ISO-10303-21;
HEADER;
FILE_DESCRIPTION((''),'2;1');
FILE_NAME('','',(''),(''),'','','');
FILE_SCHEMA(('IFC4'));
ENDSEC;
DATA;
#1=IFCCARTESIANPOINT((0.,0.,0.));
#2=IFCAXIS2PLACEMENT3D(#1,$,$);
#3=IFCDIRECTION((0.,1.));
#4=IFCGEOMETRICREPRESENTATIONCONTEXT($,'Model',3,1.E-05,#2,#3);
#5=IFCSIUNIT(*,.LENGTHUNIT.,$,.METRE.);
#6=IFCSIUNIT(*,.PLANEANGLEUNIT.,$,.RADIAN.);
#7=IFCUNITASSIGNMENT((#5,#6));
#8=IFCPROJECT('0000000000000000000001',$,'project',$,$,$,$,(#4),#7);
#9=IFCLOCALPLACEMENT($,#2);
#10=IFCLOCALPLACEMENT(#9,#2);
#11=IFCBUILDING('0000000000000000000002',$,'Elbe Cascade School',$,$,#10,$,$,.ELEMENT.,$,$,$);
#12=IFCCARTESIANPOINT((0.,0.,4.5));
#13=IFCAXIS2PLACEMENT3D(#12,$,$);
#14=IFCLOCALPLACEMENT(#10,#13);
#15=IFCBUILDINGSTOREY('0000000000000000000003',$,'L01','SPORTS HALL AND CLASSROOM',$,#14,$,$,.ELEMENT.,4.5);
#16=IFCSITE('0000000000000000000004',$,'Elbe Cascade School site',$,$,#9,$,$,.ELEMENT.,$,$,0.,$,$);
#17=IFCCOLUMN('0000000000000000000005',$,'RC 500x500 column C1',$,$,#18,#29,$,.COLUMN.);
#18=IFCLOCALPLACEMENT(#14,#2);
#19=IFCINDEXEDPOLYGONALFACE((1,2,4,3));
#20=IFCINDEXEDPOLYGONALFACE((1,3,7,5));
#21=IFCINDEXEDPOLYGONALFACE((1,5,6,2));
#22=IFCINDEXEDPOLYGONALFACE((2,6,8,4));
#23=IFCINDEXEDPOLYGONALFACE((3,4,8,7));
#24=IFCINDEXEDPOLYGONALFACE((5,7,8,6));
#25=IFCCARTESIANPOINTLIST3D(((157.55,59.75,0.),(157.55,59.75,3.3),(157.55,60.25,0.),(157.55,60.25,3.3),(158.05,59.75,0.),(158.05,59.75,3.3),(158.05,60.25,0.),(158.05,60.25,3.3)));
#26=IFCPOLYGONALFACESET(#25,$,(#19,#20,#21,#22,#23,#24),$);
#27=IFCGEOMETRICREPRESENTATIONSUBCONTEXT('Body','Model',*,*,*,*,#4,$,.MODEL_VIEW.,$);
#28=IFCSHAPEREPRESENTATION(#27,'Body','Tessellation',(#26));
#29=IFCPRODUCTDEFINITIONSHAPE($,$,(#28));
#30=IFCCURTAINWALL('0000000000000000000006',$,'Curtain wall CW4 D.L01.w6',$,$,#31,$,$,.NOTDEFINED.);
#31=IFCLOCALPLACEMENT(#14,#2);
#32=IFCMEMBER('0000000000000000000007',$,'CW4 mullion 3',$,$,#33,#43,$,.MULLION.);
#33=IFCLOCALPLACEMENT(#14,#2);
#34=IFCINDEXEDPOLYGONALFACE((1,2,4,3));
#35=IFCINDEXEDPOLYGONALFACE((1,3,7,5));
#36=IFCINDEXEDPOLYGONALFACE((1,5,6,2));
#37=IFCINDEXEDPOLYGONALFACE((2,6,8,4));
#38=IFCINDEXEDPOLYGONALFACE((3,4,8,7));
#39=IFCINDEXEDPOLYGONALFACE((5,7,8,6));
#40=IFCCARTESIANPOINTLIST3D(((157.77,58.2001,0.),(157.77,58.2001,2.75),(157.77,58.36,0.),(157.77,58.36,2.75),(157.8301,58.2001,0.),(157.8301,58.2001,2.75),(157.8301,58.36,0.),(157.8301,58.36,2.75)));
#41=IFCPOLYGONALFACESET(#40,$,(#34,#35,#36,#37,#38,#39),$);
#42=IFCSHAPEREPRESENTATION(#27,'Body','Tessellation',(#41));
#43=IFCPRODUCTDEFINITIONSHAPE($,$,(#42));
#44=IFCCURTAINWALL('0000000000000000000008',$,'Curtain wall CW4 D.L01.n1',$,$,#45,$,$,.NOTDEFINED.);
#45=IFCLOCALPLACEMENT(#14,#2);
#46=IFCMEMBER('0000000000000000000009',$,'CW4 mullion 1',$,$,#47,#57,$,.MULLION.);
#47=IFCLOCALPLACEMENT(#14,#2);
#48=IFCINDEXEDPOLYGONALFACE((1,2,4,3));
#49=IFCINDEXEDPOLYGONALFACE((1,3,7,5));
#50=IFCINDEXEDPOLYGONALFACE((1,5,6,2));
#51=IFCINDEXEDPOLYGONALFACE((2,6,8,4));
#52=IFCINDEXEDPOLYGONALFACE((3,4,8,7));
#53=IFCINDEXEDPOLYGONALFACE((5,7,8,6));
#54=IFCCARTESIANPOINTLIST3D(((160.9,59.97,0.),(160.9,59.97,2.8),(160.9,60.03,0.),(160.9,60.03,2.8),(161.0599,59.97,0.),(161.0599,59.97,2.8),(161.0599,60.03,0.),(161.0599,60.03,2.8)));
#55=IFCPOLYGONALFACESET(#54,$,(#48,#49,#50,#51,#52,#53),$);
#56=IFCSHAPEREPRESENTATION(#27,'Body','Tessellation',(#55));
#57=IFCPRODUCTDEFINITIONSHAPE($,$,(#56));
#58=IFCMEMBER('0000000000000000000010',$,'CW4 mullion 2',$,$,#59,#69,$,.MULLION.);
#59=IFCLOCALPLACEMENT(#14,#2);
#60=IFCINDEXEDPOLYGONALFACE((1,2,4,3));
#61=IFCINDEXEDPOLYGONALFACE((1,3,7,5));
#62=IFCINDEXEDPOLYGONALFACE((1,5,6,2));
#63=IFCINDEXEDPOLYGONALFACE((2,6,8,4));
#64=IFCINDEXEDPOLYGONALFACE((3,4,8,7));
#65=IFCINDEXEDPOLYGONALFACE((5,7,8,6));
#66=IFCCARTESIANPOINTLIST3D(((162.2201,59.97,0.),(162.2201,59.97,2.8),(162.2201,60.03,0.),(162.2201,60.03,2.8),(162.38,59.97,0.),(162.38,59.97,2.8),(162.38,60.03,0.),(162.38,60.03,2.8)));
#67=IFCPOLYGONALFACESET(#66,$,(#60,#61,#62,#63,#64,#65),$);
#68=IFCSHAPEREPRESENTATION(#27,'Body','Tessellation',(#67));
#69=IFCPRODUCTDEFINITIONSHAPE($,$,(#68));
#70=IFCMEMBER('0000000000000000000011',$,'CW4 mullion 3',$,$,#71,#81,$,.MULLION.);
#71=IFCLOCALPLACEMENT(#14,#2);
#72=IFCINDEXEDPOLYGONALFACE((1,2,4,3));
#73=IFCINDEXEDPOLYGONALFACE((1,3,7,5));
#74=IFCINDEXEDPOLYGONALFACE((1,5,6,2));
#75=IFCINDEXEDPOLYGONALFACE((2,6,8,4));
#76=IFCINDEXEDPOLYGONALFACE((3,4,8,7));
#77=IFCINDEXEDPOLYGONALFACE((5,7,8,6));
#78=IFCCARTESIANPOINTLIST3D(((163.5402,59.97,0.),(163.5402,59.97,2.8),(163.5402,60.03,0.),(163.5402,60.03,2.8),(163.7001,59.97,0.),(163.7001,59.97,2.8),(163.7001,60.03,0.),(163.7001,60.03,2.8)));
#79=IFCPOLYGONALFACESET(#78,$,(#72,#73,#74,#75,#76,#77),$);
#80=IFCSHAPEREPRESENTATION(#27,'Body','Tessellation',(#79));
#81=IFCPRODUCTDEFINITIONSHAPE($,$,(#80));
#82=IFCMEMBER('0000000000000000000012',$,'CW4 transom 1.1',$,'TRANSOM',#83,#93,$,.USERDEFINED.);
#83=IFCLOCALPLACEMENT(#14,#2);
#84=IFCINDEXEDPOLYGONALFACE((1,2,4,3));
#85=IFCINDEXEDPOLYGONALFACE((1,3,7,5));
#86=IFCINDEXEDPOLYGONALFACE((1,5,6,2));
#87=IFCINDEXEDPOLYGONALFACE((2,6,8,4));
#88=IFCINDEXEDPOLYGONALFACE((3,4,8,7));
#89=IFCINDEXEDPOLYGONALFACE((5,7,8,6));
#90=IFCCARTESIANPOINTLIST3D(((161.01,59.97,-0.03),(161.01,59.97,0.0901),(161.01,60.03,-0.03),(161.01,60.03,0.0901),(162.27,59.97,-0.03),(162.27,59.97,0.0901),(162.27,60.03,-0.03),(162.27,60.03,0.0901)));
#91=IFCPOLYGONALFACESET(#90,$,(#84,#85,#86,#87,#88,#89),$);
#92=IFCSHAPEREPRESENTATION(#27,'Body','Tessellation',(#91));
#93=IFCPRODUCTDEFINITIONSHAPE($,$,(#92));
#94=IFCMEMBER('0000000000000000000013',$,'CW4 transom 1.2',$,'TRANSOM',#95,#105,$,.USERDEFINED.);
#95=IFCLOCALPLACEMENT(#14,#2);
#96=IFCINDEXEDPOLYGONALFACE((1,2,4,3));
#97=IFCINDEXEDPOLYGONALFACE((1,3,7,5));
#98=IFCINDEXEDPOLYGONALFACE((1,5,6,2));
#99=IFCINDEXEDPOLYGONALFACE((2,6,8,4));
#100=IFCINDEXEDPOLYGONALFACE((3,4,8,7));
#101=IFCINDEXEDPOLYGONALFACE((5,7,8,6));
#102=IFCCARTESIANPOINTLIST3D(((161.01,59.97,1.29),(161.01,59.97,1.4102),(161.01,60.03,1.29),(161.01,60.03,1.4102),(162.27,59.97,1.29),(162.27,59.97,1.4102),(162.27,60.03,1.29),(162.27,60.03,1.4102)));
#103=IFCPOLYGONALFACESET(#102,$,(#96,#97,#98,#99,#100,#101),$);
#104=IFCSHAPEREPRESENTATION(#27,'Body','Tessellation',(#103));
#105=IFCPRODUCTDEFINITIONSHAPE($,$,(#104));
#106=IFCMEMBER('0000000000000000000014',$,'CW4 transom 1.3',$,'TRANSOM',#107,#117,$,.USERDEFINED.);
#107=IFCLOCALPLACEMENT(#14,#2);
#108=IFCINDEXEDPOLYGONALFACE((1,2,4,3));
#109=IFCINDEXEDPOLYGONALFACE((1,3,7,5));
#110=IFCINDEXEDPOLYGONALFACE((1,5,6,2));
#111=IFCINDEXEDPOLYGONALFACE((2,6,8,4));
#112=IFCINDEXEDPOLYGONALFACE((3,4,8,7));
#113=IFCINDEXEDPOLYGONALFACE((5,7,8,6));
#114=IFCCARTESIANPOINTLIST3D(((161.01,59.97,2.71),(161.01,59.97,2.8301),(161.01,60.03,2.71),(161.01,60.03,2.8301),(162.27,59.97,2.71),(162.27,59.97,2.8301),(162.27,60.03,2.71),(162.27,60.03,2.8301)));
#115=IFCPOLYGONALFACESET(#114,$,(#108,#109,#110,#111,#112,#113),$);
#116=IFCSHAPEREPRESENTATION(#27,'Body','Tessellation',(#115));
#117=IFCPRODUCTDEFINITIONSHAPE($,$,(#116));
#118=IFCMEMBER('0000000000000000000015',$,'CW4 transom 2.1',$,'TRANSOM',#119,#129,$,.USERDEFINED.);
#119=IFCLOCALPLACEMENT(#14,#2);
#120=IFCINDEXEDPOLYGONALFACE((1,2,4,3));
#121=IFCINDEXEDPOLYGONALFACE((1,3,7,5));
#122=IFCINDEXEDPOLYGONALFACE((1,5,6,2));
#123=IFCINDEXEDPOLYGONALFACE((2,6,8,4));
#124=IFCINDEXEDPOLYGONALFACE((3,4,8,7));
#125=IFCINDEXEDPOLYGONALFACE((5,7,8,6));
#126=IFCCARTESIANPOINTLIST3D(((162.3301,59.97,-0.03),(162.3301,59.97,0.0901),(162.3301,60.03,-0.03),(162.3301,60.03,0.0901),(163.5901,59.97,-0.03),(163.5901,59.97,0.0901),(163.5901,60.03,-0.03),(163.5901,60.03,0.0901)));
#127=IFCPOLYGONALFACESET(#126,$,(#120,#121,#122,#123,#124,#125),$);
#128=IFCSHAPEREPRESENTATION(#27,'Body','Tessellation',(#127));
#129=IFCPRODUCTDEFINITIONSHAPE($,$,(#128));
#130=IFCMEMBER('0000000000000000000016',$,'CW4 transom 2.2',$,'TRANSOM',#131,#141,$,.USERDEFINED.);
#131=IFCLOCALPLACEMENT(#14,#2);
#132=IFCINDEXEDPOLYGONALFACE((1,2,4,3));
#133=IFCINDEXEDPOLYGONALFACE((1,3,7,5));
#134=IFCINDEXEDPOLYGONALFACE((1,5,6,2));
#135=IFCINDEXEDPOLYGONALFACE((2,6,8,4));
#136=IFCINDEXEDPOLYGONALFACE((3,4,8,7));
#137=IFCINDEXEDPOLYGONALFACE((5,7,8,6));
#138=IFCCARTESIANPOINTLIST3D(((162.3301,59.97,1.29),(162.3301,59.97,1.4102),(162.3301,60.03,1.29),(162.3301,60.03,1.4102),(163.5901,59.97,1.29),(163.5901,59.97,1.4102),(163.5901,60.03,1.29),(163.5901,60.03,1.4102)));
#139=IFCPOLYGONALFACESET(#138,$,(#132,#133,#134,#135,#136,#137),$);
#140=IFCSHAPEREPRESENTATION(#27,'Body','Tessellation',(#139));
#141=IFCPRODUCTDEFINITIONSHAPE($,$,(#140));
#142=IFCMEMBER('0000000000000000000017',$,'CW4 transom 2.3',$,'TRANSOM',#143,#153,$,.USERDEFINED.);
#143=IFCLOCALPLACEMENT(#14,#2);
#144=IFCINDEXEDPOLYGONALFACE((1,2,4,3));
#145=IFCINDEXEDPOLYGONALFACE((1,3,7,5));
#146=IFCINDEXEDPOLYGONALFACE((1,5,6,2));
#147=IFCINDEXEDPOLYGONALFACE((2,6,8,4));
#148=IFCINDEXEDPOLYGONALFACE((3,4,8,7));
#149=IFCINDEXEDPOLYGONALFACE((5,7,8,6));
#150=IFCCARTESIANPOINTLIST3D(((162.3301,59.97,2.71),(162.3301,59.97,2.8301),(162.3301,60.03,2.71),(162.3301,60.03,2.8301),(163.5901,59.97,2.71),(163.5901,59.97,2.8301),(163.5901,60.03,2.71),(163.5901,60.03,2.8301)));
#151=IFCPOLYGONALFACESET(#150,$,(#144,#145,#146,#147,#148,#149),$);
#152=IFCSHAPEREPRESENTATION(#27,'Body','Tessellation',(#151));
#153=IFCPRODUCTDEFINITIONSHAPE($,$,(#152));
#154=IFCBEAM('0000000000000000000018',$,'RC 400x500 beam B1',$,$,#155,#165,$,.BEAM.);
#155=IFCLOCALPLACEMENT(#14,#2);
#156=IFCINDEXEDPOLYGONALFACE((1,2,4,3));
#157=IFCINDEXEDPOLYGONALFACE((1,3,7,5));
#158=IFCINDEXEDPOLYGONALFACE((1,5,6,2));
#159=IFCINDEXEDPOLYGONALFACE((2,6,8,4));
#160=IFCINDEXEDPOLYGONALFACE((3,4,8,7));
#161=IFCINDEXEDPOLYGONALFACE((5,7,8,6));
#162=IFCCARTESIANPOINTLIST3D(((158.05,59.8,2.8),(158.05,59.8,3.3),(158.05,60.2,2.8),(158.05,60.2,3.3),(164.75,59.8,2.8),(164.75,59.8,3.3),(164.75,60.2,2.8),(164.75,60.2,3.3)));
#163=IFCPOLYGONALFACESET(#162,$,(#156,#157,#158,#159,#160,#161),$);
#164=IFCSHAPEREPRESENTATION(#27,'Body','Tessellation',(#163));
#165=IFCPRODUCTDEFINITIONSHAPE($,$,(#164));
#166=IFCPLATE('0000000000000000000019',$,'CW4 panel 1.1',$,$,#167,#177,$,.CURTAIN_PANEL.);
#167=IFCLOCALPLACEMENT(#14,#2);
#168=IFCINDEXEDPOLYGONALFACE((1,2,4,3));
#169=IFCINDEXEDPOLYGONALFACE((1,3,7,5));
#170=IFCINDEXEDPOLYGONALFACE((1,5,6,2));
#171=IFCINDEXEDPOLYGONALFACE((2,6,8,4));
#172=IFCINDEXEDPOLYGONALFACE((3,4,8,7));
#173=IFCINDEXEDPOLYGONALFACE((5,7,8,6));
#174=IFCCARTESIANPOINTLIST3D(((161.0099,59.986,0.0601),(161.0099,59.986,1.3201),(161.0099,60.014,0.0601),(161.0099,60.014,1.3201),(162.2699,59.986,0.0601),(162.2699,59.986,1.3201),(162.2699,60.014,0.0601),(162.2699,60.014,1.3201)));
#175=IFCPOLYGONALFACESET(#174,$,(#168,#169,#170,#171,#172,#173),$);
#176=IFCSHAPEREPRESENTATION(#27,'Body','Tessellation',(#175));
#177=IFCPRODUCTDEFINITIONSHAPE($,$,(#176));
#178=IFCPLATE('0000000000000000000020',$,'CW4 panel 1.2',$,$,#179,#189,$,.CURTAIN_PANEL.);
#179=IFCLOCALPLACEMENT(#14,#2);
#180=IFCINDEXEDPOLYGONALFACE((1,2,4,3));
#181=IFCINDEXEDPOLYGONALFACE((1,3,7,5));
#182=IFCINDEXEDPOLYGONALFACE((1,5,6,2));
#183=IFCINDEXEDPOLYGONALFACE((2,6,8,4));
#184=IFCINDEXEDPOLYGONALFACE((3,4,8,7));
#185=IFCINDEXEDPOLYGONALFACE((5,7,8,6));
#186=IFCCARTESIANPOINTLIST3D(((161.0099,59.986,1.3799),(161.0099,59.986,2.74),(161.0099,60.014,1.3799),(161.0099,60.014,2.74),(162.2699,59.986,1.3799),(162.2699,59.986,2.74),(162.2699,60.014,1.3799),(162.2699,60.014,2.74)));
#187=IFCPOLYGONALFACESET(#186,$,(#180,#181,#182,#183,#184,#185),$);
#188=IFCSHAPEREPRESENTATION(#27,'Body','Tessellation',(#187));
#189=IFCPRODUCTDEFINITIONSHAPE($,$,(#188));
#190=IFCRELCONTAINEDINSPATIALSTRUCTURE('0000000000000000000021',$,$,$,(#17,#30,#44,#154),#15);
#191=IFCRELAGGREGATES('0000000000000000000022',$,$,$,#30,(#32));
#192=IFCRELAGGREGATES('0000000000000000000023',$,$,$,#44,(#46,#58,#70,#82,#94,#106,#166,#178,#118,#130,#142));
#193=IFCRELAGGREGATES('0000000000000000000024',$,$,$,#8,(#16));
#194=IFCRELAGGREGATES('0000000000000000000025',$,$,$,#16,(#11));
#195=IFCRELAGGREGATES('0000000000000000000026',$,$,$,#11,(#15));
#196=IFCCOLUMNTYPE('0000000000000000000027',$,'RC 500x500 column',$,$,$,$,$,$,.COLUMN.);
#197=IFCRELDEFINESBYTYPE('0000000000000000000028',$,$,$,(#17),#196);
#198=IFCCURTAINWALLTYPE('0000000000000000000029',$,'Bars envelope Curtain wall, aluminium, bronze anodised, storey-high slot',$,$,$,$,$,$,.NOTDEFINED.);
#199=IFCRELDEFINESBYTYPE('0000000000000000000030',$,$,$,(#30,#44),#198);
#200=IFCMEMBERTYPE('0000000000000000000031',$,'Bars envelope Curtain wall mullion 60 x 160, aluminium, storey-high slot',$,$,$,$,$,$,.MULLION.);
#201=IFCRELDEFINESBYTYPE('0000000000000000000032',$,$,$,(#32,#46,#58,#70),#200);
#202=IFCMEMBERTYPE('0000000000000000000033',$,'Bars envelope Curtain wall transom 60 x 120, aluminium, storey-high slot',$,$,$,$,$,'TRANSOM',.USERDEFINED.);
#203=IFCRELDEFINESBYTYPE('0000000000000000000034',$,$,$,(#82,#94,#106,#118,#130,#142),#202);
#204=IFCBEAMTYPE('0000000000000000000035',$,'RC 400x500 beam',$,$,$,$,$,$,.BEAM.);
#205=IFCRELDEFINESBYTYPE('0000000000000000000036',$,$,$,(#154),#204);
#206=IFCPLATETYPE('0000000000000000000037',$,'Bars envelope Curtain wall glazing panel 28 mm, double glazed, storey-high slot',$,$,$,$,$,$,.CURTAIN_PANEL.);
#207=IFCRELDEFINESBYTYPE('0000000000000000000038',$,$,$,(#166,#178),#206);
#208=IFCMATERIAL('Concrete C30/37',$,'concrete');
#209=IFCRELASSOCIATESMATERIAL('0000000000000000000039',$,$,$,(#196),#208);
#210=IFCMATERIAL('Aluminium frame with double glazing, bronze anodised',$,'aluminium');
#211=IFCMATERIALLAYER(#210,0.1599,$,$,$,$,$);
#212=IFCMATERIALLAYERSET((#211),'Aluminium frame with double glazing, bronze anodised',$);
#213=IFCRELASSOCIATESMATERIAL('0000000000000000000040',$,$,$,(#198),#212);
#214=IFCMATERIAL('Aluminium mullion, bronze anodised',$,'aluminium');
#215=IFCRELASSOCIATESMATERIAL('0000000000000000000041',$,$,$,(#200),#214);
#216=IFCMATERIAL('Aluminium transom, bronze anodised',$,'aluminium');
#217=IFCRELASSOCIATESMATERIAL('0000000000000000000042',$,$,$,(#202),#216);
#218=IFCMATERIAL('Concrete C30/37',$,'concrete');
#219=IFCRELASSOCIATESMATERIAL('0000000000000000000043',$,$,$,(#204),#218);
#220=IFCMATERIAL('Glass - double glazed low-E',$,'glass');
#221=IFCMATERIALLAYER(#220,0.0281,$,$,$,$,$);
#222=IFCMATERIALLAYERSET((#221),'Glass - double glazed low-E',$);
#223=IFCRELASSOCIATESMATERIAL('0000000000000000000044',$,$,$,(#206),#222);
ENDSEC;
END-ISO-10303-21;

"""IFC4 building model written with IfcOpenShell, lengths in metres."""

from ifc_helpers import new_model, si_unit, direction, frame, origin, origin_2d, place, context, subcontext, project, spatial, rectangle, extrude, material, layer, layer_set, material_profile, profile_set, type_object, element, aggregate, save


model = new_model("IFC4")

# Units and contexts
model_context = context("Model", 3, precision=1e-05, world=origin(), true_north=direction((0.0, 1.0)))
body_context = subcontext(model_context, "Body", "Model", "MODEL_VIEW")
ifc_project = project(units=[si_unit("LENGTHUNIT", "METRE"), si_unit("PLANEANGLEUNIT", "RADIAN")], contexts=[model_context])

# Site, building, storey
site_placement = place(None, origin())
site = spatial("IfcSite", under=ifc_project, at=site_placement, Name="Elbe Cascade School site", CompositionType="ELEMENT", RefElevation=0.0)
building_placement = place(site_placement, origin())
building = spatial("IfcBuilding", under=site, at=building_placement, Name="Elbe Cascade School", CompositionType="ELEMENT")
storey_placement = place(building_placement, frame((0.0, 0.0, 4.5)))
storey = spatial("IfcBuildingStorey", under=building, at=storey_placement, Name="L01", Description="SPORTS HALL AND CLASSROOM", CompositionType="ELEMENT", Elevation=4.5)

# Column
ifc_material_1 = material(Name="Concrete C30/37", Category="concrete")
ifc_material_profile_1 = material_profile(ifc_material_1, rectangle(XDim=0.5, YDim=0.5, at=origin_2d()), Name="RC 500x500")
ifc_profile_set_1 = profile_set([ifc_material_profile_1], Name="Concrete C30/37")
column_type = type_object("IfcColumnType", Name="RC 500x500 column", PredefinedType="COLUMN", material=ifc_profile_set_1)
column_placement = place(storey_placement, frame((157.8, 60.0, 0.0), z_axis=(0.0, 0.0, 1.0), x_axis=(1.0, 0.0, 0.0)))
element("IfcColumn", 1, at=column_placement, inside=storey, type_object=column_type, Name="RC 500x500 column C1", PredefinedType="COLUMN", context=body_context, shape_type="SweptSolid", body=[
    extrude(rectangle(XDim=0.5, YDim=0.5, at=origin_2d()), origin(), (0.0, 0.0, 1.0), 3.3),
])

# Curtain wall, member
ifc_material_2 = material(Name="Aluminium frame with double glazing, bronze anodised", Category="aluminium")
ifc_layer_1 = layer(ifc_material_2, 0.1599)
ifc_layer_set_1 = layer_set([ifc_layer_1], Name="Aluminium frame with double glazing, bronze anodised")
curtain_wall_type = type_object("IfcCurtainWallType", Name="Bars envelope Curtain wall, aluminium, bronze anodised, storey-high slot", PredefinedType="NOTDEFINED", material=ifc_layer_set_1)
curtain_wall_1_placement = place(storey_placement, origin())
curtain_wall_1 = element("IfcCurtainWall", 2, at=curtain_wall_1_placement, inside=storey, type_object=curtain_wall_type, Name="Curtain wall CW4 D.L01.w6", PredefinedType="NOTDEFINED")
ifc_material_3 = material(Name="Aluminium mullion, bronze anodised", Category="aluminium")
ifc_material_profile_2 = material_profile(ifc_material_3, rectangle(XDim=0.0601, YDim=0.1599, at=origin_2d()), Name="Bars envelope Curtain wall mullion 60 x 160, aluminium, storey-high slot")
ifc_profile_set_2 = profile_set([ifc_material_profile_2], Name="Aluminium mullion, bronze anodised")
member_type_1 = type_object("IfcMemberType", Name="Bars envelope Curtain wall mullion 60 x 160, aluminium, storey-high slot", PredefinedType="MULLION", material=ifc_profile_set_2)
member_1_placement = place(storey_placement, frame((157.8, 58.28, 0.0), z_axis=(0.0, 0.0, 1.0), x_axis=(-1.0, 0.0, 0.0)))
member_1 = element("IfcMember", 3, at=member_1_placement, type_object=member_type_1, Name="CW4 mullion 3", PredefinedType="MULLION", context=body_context, shape_type="SweptSolid", body=[
    extrude(rectangle(XDim=0.0601, YDim=0.1599, at=origin_2d()), origin(), (0.0, 0.0, 1.0), 2.75),
])
aggregate(curtain_wall_1, [member_1])

# Curtain wall, members
curtain_wall_2_placement = place(storey_placement, origin())
curtain_wall_2 = element("IfcCurtainWall", 4, at=curtain_wall_2_placement, inside=storey, type_object=curtain_wall_type, Name="Curtain wall CW4 D.L01.n1", PredefinedType="NOTDEFINED")
member_2_placement = place(storey_placement, frame((160.98, 60.0, 0.0), z_axis=(0.0, 0.0, 1.0), x_axis=(0.0, 1.0, 0.0)))
member_2 = element("IfcMember", 5, at=member_2_placement, type_object=member_type_1, Name="CW4 mullion 1", PredefinedType="MULLION", context=body_context, shape_type="SweptSolid", body=[
    extrude(rectangle(XDim=0.0601, YDim=0.1599, at=origin_2d()), origin(), (0.0, 0.0, 1.0), 2.8),
])
member_3_placement = place(storey_placement, frame((162.3, 60.0, 0.0), z_axis=(0.0, 0.0, 1.0), x_axis=(0.0, 1.0, 0.0)))
member_3 = element("IfcMember", 6, at=member_3_placement, type_object=member_type_1, Name="CW4 mullion 2", PredefinedType="MULLION", context=body_context, shape_type="SweptSolid", body=[
    extrude(rectangle(XDim=0.0601, YDim=0.1599, at=origin_2d()), origin(), (0.0, 0.0, 1.0), 2.8),
])
member_4_placement = place(storey_placement, frame((163.6201, 60.0, 0.0), z_axis=(0.0, 0.0, 1.0), x_axis=(0.0, 1.0, 0.0)))
member_4 = element("IfcMember", 7, at=member_4_placement, type_object=member_type_1, Name="CW4 mullion 3", PredefinedType="MULLION", context=body_context, shape_type="SweptSolid", body=[
    extrude(rectangle(XDim=0.0601, YDim=0.1599, at=origin_2d()), origin(), (0.0, 0.0, 1.0), 2.8),
])
ifc_material_4 = material(Name="Aluminium transom, bronze anodised", Category="aluminium")
ifc_material_profile_3 = material_profile(ifc_material_4, rectangle(XDim=0.0601, YDim=0.1201, at=origin_2d()), Name="Bars envelope Curtain wall transom 60 x 120, aluminium, storey-high slot")
ifc_profile_set_3 = profile_set([ifc_material_profile_3], Name="Aluminium transom, bronze anodised")
member_type_2 = type_object("IfcMemberType", Name="Bars envelope Curtain wall transom 60 x 120, aluminium, storey-high slot", ElementType="TRANSOM", PredefinedType="USERDEFINED", material=ifc_profile_set_3)
member_5_placement = place(storey_placement, frame((161.01, 60.0, 0.03), z_axis=(1.0, 0.0, 0.0), x_axis=(0.0, 1.0, 0.0)))
member_5 = element("IfcMember", 8, at=member_5_placement, type_object=member_type_2, Name="CW4 transom 1.1", ObjectType="TRANSOM", PredefinedType="USERDEFINED", context=body_context, shape_type="SweptSolid", body=[
    extrude(rectangle(XDim=0.0601, YDim=0.1201, at=origin_2d()), origin(), (0.0, 0.0, 1.0), 1.26),
])
member_6_placement = place(storey_placement, frame((161.01, 60.0, 1.3501), z_axis=(1.0, 0.0, 0.0), x_axis=(0.0, 1.0, 0.0)))
member_6 = element("IfcMember", 9, at=member_6_placement, type_object=member_type_2, Name="CW4 transom 1.2", ObjectType="TRANSOM", PredefinedType="USERDEFINED", context=body_context, shape_type="SweptSolid", body=[
    extrude(rectangle(XDim=0.0601, YDim=0.1201, at=origin_2d()), origin(), (0.0, 0.0, 1.0), 1.26),
])
member_7_placement = place(storey_placement, frame((161.01, 60.0, 2.77), z_axis=(1.0, 0.0, 0.0), x_axis=(0.0, 1.0, 0.0)))
member_7 = element("IfcMember", 10, at=member_7_placement, type_object=member_type_2, Name="CW4 transom 1.3", ObjectType="TRANSOM", PredefinedType="USERDEFINED", context=body_context, shape_type="SweptSolid", body=[
    extrude(rectangle(XDim=0.0601, YDim=0.1201, at=origin_2d()), origin(), (0.0, 0.0, 1.0), 1.26),
])
member_8_placement = place(storey_placement, frame((162.3301, 60.0, 0.03), z_axis=(1.0, 0.0, 0.0), x_axis=(0.0, 1.0, 0.0)))
member_8 = element("IfcMember", 11, at=member_8_placement, type_object=member_type_2, Name="CW4 transom 2.1", ObjectType="TRANSOM", PredefinedType="USERDEFINED", context=body_context, shape_type="SweptSolid", body=[
    extrude(rectangle(XDim=0.0601, YDim=0.1201, at=origin_2d()), origin(), (0.0, 0.0, 1.0), 1.26),
])
member_9_placement = place(storey_placement, frame((162.3301, 60.0, 1.3501), z_axis=(1.0, 0.0, 0.0), x_axis=(0.0, 1.0, 0.0)))
member_9 = element("IfcMember", 12, at=member_9_placement, type_object=member_type_2, Name="CW4 transom 2.2", ObjectType="TRANSOM", PredefinedType="USERDEFINED", context=body_context, shape_type="SweptSolid", body=[
    extrude(rectangle(XDim=0.0601, YDim=0.1201, at=origin_2d()), origin(), (0.0, 0.0, 1.0), 1.26),
])
member_10_placement = place(storey_placement, frame((162.3301, 60.0, 2.77), z_axis=(1.0, 0.0, 0.0), x_axis=(0.0, 1.0, 0.0)))
member_10 = element("IfcMember", 13, at=member_10_placement, type_object=member_type_2, Name="CW4 transom 2.3", ObjectType="TRANSOM", PredefinedType="USERDEFINED", context=body_context, shape_type="SweptSolid", body=[
    extrude(rectangle(XDim=0.0601, YDim=0.1201, at=origin_2d()), origin(), (0.0, 0.0, 1.0), 1.26),
])

# Beam
ifc_material_5 = material(Name="Concrete C30/37", Category="concrete")
ifc_material_profile_4 = material_profile(ifc_material_5, rectangle(XDim=0.3999, YDim=0.5, at=origin_2d()), Name="RC 400x500")
ifc_profile_set_4 = profile_set([ifc_material_profile_4], Name="Concrete C30/37")
beam_type = type_object("IfcBeamType", Name="RC 400x500 beam", PredefinedType="BEAM", material=ifc_profile_set_4)
beam_placement = place(storey_placement, frame((158.05, 60.0, 3.05), z_axis=(1.0, 0.0, 0.0), x_axis=(0.0, 1.0, 0.0)))
element("IfcBeam", 14, at=beam_placement, inside=storey, type_object=beam_type, Name="RC 400x500 beam B1", PredefinedType="BEAM", context=body_context, shape_type="SweptSolid", body=[
    extrude(rectangle(XDim=0.3999, YDim=0.5, at=origin_2d()), origin(), (0.0, 0.0, 1.0), 6.7),
])

# Plates
ifc_material_6 = material(Name="Glass - double glazed low-E", Category="glass")
ifc_layer_2 = layer(ifc_material_6, 0.0281)
ifc_layer_set_2 = layer_set([ifc_layer_2], Name="Glass - double glazed low-E")
plate_type = type_object("IfcPlateType", Name="Bars envelope Curtain wall glazing panel 28 mm, double glazed, storey-high slot", PredefinedType="CURTAIN_PANEL", material=ifc_layer_set_2)
plate_1_placement = place(storey_placement, frame((161.6399, 60.0, 0.0601), z_axis=(0.0, 0.0, 1.0), x_axis=(1.0, 0.0, 0.0)))
plate_1 = element("IfcPlate", 15, at=plate_1_placement, type_object=plate_type, Name="CW4 panel 1.1", PredefinedType="CURTAIN_PANEL", context=body_context, shape_type="SweptSolid", body=[
    extrude(rectangle(XDim=1.26, YDim=0.0281, at=origin_2d()), origin(), (0.0, 0.0, 1.0), 1.26),
])
plate_2_placement = place(storey_placement, frame((161.6399, 60.0, 1.3799), z_axis=(0.0, 0.0, 1.0), x_axis=(1.0, 0.0, 0.0)))
plate_2 = element("IfcPlate", 16, at=plate_2_placement, type_object=plate_type, Name="CW4 panel 1.2", PredefinedType="CURTAIN_PANEL", context=body_context, shape_type="SweptSolid", body=[
    extrude(rectangle(XDim=1.26, YDim=0.0281, at=origin_2d()), origin(), (0.0, 0.0, 1.0), 1.3601),
])
aggregate(curtain_wall_2, [member_2, member_3, member_4, member_5, member_6, member_7, plate_1, plate_2, member_8, member_9, member_10])

save(model, "model.ifc")
